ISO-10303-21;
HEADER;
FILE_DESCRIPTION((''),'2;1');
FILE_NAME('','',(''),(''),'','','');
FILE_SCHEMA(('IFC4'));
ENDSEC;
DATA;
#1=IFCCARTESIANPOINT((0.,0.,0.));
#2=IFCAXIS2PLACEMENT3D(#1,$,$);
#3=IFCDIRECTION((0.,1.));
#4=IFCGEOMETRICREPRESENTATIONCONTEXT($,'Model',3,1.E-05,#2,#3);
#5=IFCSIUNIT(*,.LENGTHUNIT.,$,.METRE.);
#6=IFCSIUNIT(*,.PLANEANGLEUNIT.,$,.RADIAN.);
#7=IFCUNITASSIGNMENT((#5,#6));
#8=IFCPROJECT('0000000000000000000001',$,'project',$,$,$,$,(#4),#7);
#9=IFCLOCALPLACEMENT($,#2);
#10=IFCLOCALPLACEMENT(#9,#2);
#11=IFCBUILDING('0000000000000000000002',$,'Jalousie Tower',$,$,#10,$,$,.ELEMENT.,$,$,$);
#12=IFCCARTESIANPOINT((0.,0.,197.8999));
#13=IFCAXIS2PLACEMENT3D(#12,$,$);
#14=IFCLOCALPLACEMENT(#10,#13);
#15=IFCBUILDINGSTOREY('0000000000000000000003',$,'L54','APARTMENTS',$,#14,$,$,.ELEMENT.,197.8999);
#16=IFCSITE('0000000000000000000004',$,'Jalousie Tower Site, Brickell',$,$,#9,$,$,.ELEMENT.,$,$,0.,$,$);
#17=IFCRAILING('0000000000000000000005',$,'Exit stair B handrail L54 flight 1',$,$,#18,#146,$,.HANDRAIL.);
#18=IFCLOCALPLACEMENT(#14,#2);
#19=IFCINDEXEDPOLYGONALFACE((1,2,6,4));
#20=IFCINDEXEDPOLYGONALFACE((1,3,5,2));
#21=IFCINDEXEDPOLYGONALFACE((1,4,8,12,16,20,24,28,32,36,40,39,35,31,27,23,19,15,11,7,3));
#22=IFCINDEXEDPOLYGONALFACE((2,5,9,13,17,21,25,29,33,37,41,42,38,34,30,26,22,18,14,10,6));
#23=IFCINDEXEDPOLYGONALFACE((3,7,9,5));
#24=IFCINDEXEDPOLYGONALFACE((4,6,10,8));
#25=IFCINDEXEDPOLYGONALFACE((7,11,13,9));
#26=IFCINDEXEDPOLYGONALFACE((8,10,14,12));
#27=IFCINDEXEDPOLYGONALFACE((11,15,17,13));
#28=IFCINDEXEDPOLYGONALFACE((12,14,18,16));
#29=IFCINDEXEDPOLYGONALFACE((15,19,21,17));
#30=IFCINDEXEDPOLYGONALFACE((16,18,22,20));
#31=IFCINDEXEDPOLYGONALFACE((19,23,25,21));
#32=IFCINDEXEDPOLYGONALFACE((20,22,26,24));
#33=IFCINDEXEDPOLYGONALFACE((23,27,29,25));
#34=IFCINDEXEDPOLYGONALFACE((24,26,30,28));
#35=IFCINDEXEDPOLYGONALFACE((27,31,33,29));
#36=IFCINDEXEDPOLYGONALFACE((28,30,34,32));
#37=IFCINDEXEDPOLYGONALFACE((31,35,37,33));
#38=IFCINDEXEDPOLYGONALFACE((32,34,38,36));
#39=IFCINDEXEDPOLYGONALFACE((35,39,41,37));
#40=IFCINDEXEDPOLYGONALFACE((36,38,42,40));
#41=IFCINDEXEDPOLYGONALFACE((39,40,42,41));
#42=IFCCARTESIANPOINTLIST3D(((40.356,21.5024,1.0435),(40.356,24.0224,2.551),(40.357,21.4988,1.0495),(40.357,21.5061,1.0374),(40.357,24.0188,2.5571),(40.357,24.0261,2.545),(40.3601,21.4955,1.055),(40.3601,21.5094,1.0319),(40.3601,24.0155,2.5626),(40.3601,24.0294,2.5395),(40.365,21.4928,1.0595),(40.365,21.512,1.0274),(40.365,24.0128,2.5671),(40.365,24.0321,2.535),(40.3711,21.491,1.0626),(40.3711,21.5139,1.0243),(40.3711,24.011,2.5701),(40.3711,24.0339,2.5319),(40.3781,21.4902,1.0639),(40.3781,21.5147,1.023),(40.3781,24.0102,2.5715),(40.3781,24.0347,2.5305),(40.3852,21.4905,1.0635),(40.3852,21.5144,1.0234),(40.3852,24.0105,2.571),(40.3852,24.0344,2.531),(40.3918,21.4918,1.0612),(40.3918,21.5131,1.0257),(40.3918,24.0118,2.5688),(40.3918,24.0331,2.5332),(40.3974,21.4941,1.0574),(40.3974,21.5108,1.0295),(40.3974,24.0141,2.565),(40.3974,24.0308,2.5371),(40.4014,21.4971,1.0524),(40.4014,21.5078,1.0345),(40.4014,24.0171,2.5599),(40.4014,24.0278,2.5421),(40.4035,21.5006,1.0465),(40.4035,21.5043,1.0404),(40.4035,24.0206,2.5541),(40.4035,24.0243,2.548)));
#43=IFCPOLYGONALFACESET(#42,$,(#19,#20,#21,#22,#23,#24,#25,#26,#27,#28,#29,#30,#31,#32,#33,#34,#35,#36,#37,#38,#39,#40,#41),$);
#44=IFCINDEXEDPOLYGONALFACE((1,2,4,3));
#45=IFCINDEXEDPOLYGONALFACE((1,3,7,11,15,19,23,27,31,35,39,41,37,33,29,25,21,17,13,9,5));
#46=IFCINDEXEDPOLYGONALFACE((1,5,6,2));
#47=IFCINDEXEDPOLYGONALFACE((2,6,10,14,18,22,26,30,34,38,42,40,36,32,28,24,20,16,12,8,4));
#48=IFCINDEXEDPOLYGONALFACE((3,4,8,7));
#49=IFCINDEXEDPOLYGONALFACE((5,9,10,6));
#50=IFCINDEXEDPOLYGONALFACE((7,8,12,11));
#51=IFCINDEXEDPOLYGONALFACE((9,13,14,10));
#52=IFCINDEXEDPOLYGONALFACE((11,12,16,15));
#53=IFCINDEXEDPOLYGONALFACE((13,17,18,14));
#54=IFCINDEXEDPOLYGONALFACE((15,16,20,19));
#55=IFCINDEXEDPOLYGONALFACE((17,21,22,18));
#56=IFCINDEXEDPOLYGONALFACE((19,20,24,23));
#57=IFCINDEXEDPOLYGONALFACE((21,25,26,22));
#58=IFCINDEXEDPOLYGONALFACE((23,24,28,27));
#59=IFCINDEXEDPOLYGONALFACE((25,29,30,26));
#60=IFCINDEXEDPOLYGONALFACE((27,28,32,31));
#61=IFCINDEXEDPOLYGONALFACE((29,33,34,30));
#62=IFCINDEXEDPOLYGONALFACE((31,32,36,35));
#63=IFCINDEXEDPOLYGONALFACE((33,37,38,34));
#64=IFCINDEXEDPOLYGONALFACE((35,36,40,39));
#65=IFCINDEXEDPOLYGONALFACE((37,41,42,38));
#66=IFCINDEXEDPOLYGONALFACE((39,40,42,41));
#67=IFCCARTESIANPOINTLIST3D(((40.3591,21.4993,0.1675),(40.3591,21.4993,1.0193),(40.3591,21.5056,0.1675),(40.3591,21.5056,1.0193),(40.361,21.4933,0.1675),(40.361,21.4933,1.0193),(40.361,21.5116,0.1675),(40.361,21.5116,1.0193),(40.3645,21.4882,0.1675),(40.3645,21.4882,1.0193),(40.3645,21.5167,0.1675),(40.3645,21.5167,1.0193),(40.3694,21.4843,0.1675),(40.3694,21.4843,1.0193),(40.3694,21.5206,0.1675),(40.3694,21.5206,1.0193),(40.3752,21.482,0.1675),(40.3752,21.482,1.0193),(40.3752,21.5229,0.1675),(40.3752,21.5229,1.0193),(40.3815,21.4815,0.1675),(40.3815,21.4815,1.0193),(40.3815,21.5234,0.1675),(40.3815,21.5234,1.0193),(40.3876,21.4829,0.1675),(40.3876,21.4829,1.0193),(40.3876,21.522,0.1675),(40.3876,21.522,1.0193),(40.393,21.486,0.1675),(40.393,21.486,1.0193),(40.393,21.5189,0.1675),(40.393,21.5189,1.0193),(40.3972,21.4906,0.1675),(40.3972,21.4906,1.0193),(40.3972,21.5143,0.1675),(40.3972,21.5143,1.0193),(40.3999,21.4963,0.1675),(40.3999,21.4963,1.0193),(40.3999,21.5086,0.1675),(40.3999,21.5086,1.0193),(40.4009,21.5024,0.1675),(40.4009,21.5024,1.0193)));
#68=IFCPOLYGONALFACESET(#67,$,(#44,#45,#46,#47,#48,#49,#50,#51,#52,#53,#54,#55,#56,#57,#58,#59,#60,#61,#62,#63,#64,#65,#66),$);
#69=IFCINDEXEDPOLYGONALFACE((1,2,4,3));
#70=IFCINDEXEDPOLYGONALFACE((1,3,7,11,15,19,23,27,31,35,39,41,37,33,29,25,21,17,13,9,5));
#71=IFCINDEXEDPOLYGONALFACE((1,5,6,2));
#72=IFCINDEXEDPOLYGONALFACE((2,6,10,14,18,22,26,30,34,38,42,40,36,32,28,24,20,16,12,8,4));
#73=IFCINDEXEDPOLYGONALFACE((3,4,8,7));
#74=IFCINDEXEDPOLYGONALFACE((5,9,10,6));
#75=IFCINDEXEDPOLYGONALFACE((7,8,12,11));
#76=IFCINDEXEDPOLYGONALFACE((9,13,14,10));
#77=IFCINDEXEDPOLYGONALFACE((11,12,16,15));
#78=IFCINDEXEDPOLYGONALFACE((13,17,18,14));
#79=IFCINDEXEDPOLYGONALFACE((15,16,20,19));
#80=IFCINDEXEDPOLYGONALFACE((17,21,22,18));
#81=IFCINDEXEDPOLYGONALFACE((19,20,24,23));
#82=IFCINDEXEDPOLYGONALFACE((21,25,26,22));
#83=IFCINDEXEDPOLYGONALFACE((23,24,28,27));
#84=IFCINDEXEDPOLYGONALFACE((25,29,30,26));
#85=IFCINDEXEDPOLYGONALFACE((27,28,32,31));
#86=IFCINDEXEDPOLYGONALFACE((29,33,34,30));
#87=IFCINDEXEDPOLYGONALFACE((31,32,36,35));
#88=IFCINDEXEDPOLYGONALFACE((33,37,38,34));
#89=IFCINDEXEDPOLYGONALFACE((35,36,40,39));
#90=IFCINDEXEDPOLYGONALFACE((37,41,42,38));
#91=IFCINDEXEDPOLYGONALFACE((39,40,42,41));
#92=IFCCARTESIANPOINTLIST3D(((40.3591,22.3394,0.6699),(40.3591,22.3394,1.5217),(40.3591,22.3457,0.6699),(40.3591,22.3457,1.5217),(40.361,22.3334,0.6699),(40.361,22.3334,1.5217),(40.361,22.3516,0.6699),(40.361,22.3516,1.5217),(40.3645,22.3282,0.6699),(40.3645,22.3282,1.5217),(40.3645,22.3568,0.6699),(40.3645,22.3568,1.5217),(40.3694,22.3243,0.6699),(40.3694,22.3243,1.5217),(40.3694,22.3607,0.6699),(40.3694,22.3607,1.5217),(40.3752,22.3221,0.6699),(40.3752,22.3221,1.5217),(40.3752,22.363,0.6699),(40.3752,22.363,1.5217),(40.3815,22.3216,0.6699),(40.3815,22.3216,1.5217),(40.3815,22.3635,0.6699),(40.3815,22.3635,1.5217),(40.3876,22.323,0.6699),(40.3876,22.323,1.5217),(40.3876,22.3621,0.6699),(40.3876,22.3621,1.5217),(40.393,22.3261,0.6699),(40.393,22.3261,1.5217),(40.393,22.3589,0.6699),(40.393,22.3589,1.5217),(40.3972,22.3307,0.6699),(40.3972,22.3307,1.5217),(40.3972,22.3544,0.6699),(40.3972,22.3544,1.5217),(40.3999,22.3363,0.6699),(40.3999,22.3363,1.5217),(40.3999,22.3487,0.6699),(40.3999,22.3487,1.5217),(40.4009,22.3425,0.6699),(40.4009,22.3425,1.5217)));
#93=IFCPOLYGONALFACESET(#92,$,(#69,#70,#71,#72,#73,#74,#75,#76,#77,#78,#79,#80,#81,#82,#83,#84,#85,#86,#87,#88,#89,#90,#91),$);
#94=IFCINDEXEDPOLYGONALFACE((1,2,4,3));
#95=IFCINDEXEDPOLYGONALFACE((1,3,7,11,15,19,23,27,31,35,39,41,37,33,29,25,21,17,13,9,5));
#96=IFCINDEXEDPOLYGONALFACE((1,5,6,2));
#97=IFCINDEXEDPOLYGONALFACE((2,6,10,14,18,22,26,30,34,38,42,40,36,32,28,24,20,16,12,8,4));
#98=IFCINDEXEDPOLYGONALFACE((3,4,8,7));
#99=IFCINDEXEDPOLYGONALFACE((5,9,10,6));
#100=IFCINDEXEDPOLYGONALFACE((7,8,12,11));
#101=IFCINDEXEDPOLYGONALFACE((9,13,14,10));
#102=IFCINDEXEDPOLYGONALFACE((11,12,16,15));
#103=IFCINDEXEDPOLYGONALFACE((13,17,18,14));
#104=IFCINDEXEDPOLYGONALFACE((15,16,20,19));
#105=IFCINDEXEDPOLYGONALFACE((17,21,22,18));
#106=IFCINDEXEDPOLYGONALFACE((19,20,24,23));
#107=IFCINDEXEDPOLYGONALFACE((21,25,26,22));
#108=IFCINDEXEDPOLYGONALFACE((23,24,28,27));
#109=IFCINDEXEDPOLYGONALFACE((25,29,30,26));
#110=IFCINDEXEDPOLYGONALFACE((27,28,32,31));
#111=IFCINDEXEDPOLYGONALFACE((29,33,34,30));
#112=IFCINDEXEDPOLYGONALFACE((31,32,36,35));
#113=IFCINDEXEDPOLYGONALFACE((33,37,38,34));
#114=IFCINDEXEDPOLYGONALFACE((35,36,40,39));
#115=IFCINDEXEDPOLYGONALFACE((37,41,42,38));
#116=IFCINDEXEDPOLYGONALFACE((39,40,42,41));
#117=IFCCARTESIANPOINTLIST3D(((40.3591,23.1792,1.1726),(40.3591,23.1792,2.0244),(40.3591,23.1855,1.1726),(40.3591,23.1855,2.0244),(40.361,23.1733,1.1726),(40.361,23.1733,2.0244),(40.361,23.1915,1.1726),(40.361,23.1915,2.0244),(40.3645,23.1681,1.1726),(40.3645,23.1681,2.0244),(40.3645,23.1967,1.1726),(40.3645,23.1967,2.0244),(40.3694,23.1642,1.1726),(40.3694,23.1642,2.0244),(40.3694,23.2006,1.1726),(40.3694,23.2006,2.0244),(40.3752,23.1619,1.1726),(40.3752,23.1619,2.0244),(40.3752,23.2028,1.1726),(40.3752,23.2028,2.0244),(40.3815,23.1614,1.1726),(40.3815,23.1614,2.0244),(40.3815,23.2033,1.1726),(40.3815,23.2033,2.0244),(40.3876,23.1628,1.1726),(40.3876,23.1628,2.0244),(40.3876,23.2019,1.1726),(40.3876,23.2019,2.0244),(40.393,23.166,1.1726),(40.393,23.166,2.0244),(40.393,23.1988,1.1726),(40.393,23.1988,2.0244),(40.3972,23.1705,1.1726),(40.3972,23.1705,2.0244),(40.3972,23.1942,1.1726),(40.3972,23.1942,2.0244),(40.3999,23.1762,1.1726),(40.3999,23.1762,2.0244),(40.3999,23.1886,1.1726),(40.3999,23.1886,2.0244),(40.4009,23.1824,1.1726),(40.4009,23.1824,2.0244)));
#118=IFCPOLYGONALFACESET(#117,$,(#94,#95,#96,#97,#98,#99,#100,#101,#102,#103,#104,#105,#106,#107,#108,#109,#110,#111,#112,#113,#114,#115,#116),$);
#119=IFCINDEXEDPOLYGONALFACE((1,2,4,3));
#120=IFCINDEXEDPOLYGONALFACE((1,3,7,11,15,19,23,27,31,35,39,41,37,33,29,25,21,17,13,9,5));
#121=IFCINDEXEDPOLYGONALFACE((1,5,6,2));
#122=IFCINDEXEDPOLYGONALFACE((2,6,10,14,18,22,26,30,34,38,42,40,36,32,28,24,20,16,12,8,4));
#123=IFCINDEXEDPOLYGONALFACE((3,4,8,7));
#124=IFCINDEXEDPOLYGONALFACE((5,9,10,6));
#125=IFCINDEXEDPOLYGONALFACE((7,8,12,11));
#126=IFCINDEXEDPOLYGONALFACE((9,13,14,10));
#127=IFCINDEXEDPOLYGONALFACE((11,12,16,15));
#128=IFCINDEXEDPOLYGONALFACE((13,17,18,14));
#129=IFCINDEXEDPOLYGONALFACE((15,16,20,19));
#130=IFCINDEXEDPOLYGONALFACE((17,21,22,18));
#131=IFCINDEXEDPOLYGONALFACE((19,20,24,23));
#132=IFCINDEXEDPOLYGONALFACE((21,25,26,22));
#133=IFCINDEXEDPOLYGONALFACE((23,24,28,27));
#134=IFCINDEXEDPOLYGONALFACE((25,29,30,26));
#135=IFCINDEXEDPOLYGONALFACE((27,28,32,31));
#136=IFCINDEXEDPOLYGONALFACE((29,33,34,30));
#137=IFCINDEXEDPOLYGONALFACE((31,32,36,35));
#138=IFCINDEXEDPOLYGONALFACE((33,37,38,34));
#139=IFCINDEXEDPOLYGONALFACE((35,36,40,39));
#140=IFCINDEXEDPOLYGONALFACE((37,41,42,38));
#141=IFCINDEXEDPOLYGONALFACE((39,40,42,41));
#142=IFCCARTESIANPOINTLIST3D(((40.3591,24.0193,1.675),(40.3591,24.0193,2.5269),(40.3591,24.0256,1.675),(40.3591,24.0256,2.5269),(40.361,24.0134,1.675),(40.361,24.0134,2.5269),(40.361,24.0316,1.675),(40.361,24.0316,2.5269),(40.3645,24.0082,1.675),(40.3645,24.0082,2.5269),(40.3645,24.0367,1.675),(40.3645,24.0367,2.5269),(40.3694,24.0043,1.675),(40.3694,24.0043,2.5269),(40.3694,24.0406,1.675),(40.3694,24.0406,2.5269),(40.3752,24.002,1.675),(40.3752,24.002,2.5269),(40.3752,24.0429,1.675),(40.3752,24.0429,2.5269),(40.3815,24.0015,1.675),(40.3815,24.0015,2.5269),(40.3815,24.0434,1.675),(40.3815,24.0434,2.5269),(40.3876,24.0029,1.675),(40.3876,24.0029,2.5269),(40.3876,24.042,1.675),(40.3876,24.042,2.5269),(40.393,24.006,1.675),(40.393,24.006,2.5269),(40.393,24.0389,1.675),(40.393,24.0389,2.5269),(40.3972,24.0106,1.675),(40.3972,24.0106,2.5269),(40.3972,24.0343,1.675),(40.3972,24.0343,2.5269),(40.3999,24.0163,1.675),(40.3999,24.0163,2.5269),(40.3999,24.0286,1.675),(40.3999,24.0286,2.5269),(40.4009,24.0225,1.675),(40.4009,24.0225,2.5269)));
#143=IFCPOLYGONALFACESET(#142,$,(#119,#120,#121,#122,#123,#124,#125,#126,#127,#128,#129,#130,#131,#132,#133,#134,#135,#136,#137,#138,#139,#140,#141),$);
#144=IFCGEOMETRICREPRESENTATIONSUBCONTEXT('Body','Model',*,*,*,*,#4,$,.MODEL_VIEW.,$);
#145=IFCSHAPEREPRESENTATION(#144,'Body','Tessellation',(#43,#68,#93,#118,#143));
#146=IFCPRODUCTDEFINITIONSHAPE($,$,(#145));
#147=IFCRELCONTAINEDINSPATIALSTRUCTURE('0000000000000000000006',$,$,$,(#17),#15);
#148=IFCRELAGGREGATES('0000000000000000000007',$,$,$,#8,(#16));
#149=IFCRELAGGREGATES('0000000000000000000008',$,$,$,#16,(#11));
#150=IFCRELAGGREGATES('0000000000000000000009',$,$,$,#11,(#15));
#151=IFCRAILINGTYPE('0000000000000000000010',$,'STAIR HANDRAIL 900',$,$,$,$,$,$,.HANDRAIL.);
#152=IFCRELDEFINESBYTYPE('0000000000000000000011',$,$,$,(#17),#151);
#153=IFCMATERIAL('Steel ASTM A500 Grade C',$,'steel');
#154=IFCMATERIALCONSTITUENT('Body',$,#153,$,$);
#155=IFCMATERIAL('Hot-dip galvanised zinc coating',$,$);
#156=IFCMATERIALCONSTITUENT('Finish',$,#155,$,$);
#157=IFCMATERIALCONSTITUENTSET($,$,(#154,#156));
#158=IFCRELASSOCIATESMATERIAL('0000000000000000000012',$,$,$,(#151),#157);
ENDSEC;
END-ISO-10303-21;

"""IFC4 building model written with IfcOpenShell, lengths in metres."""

from ifc_helpers import new_model, si_unit, direction, frame, origin, origin_2d, place, context, subcontext, project, spatial, circle, extrude, material, constituent, constituent_set, type_object, element, save


model = new_model("IFC4")

# Units and contexts
model_context = context("Model", 3, precision=1e-05, world=origin(), true_north=direction((0.0, 1.0)))
body_context = subcontext(model_context, "Body", "Model", "MODEL_VIEW")
ifc_project = project(units=[si_unit("LENGTHUNIT", "METRE"), si_unit("PLANEANGLEUNIT", "RADIAN")], contexts=[model_context])

# Site, building, storey
site_placement = place(None, origin())
site = spatial("IfcSite", under=ifc_project, at=site_placement, Name="Jalousie Tower Site, Brickell", CompositionType="ELEMENT", RefElevation=0.0)
building_placement = place(site_placement, origin())
building = spatial("IfcBuilding", under=site, at=building_placement, Name="Jalousie Tower", CompositionType="ELEMENT")
storey_placement = place(building_placement, frame((0.0, 0.0, 197.8999)))
storey = spatial("IfcBuildingStorey", under=building, at=storey_placement, Name="L54", Description="APARTMENTS", CompositionType="ELEMENT", Elevation=197.8999)

# Railing
ifc_material_1 = material(Name="Steel ASTM A500 Grade C", Category="steel")
ifc_constituent_1 = constituent(ifc_material_1, Name="Body")
ifc_material_2 = material(Name="Hot-dip galvanised zinc coating")
ifc_constituent_2 = constituent(ifc_material_2, Name="Finish")
ifc_constituent_set_1 = constituent_set(constituents=[ifc_constituent_1, ifc_constituent_2])
railing_type_1 = type_object("IfcRailingType", Name="STAIR HANDRAIL 900", PredefinedType="HANDRAIL", material=ifc_constituent_set_1)
railing_1_placement = place(storey_placement, frame((40.3799, 21.5024, 0.1675)))
element("IfcRailing", 1, at=railing_1_placement, inside=storey, type_object=railing_type_1, Name="Exit stair B handrail L54 flight 1", PredefinedType="HANDRAIL", context=body_context, shape_type="SweptSolid", body=[
    extrude(circle(Radius=0.0239, at=origin_2d()), frame((0.0, 0.0, 0.876), z_axis=(0.0, 0.85816, 0.513383), x_axis=(-1.0, 0.0, 0.0)), (0.0, 0.0, 1.0), 2.9365),
    extrude(circle(Radius=0.021, at=origin_2d()), origin(), (0.0, 0.0, 1.0), 0.8518),
    extrude(circle(Radius=0.021, at=origin_2d()), frame((0.0, 0.8401, 0.5024)), (0.0, 0.0, 1.0), 0.8518),
    extrude(circle(Radius=0.021, at=origin_2d()), frame((0.0, 1.6799, 1.0051)), (0.0, 0.0, 1.0), 0.8518),
    extrude(circle(Radius=0.021, at=origin_2d()), frame((0.0, 2.52, 1.5076)), (0.0, 0.0, 1.0), 0.8518),
])

save(model, "model.ifc")
